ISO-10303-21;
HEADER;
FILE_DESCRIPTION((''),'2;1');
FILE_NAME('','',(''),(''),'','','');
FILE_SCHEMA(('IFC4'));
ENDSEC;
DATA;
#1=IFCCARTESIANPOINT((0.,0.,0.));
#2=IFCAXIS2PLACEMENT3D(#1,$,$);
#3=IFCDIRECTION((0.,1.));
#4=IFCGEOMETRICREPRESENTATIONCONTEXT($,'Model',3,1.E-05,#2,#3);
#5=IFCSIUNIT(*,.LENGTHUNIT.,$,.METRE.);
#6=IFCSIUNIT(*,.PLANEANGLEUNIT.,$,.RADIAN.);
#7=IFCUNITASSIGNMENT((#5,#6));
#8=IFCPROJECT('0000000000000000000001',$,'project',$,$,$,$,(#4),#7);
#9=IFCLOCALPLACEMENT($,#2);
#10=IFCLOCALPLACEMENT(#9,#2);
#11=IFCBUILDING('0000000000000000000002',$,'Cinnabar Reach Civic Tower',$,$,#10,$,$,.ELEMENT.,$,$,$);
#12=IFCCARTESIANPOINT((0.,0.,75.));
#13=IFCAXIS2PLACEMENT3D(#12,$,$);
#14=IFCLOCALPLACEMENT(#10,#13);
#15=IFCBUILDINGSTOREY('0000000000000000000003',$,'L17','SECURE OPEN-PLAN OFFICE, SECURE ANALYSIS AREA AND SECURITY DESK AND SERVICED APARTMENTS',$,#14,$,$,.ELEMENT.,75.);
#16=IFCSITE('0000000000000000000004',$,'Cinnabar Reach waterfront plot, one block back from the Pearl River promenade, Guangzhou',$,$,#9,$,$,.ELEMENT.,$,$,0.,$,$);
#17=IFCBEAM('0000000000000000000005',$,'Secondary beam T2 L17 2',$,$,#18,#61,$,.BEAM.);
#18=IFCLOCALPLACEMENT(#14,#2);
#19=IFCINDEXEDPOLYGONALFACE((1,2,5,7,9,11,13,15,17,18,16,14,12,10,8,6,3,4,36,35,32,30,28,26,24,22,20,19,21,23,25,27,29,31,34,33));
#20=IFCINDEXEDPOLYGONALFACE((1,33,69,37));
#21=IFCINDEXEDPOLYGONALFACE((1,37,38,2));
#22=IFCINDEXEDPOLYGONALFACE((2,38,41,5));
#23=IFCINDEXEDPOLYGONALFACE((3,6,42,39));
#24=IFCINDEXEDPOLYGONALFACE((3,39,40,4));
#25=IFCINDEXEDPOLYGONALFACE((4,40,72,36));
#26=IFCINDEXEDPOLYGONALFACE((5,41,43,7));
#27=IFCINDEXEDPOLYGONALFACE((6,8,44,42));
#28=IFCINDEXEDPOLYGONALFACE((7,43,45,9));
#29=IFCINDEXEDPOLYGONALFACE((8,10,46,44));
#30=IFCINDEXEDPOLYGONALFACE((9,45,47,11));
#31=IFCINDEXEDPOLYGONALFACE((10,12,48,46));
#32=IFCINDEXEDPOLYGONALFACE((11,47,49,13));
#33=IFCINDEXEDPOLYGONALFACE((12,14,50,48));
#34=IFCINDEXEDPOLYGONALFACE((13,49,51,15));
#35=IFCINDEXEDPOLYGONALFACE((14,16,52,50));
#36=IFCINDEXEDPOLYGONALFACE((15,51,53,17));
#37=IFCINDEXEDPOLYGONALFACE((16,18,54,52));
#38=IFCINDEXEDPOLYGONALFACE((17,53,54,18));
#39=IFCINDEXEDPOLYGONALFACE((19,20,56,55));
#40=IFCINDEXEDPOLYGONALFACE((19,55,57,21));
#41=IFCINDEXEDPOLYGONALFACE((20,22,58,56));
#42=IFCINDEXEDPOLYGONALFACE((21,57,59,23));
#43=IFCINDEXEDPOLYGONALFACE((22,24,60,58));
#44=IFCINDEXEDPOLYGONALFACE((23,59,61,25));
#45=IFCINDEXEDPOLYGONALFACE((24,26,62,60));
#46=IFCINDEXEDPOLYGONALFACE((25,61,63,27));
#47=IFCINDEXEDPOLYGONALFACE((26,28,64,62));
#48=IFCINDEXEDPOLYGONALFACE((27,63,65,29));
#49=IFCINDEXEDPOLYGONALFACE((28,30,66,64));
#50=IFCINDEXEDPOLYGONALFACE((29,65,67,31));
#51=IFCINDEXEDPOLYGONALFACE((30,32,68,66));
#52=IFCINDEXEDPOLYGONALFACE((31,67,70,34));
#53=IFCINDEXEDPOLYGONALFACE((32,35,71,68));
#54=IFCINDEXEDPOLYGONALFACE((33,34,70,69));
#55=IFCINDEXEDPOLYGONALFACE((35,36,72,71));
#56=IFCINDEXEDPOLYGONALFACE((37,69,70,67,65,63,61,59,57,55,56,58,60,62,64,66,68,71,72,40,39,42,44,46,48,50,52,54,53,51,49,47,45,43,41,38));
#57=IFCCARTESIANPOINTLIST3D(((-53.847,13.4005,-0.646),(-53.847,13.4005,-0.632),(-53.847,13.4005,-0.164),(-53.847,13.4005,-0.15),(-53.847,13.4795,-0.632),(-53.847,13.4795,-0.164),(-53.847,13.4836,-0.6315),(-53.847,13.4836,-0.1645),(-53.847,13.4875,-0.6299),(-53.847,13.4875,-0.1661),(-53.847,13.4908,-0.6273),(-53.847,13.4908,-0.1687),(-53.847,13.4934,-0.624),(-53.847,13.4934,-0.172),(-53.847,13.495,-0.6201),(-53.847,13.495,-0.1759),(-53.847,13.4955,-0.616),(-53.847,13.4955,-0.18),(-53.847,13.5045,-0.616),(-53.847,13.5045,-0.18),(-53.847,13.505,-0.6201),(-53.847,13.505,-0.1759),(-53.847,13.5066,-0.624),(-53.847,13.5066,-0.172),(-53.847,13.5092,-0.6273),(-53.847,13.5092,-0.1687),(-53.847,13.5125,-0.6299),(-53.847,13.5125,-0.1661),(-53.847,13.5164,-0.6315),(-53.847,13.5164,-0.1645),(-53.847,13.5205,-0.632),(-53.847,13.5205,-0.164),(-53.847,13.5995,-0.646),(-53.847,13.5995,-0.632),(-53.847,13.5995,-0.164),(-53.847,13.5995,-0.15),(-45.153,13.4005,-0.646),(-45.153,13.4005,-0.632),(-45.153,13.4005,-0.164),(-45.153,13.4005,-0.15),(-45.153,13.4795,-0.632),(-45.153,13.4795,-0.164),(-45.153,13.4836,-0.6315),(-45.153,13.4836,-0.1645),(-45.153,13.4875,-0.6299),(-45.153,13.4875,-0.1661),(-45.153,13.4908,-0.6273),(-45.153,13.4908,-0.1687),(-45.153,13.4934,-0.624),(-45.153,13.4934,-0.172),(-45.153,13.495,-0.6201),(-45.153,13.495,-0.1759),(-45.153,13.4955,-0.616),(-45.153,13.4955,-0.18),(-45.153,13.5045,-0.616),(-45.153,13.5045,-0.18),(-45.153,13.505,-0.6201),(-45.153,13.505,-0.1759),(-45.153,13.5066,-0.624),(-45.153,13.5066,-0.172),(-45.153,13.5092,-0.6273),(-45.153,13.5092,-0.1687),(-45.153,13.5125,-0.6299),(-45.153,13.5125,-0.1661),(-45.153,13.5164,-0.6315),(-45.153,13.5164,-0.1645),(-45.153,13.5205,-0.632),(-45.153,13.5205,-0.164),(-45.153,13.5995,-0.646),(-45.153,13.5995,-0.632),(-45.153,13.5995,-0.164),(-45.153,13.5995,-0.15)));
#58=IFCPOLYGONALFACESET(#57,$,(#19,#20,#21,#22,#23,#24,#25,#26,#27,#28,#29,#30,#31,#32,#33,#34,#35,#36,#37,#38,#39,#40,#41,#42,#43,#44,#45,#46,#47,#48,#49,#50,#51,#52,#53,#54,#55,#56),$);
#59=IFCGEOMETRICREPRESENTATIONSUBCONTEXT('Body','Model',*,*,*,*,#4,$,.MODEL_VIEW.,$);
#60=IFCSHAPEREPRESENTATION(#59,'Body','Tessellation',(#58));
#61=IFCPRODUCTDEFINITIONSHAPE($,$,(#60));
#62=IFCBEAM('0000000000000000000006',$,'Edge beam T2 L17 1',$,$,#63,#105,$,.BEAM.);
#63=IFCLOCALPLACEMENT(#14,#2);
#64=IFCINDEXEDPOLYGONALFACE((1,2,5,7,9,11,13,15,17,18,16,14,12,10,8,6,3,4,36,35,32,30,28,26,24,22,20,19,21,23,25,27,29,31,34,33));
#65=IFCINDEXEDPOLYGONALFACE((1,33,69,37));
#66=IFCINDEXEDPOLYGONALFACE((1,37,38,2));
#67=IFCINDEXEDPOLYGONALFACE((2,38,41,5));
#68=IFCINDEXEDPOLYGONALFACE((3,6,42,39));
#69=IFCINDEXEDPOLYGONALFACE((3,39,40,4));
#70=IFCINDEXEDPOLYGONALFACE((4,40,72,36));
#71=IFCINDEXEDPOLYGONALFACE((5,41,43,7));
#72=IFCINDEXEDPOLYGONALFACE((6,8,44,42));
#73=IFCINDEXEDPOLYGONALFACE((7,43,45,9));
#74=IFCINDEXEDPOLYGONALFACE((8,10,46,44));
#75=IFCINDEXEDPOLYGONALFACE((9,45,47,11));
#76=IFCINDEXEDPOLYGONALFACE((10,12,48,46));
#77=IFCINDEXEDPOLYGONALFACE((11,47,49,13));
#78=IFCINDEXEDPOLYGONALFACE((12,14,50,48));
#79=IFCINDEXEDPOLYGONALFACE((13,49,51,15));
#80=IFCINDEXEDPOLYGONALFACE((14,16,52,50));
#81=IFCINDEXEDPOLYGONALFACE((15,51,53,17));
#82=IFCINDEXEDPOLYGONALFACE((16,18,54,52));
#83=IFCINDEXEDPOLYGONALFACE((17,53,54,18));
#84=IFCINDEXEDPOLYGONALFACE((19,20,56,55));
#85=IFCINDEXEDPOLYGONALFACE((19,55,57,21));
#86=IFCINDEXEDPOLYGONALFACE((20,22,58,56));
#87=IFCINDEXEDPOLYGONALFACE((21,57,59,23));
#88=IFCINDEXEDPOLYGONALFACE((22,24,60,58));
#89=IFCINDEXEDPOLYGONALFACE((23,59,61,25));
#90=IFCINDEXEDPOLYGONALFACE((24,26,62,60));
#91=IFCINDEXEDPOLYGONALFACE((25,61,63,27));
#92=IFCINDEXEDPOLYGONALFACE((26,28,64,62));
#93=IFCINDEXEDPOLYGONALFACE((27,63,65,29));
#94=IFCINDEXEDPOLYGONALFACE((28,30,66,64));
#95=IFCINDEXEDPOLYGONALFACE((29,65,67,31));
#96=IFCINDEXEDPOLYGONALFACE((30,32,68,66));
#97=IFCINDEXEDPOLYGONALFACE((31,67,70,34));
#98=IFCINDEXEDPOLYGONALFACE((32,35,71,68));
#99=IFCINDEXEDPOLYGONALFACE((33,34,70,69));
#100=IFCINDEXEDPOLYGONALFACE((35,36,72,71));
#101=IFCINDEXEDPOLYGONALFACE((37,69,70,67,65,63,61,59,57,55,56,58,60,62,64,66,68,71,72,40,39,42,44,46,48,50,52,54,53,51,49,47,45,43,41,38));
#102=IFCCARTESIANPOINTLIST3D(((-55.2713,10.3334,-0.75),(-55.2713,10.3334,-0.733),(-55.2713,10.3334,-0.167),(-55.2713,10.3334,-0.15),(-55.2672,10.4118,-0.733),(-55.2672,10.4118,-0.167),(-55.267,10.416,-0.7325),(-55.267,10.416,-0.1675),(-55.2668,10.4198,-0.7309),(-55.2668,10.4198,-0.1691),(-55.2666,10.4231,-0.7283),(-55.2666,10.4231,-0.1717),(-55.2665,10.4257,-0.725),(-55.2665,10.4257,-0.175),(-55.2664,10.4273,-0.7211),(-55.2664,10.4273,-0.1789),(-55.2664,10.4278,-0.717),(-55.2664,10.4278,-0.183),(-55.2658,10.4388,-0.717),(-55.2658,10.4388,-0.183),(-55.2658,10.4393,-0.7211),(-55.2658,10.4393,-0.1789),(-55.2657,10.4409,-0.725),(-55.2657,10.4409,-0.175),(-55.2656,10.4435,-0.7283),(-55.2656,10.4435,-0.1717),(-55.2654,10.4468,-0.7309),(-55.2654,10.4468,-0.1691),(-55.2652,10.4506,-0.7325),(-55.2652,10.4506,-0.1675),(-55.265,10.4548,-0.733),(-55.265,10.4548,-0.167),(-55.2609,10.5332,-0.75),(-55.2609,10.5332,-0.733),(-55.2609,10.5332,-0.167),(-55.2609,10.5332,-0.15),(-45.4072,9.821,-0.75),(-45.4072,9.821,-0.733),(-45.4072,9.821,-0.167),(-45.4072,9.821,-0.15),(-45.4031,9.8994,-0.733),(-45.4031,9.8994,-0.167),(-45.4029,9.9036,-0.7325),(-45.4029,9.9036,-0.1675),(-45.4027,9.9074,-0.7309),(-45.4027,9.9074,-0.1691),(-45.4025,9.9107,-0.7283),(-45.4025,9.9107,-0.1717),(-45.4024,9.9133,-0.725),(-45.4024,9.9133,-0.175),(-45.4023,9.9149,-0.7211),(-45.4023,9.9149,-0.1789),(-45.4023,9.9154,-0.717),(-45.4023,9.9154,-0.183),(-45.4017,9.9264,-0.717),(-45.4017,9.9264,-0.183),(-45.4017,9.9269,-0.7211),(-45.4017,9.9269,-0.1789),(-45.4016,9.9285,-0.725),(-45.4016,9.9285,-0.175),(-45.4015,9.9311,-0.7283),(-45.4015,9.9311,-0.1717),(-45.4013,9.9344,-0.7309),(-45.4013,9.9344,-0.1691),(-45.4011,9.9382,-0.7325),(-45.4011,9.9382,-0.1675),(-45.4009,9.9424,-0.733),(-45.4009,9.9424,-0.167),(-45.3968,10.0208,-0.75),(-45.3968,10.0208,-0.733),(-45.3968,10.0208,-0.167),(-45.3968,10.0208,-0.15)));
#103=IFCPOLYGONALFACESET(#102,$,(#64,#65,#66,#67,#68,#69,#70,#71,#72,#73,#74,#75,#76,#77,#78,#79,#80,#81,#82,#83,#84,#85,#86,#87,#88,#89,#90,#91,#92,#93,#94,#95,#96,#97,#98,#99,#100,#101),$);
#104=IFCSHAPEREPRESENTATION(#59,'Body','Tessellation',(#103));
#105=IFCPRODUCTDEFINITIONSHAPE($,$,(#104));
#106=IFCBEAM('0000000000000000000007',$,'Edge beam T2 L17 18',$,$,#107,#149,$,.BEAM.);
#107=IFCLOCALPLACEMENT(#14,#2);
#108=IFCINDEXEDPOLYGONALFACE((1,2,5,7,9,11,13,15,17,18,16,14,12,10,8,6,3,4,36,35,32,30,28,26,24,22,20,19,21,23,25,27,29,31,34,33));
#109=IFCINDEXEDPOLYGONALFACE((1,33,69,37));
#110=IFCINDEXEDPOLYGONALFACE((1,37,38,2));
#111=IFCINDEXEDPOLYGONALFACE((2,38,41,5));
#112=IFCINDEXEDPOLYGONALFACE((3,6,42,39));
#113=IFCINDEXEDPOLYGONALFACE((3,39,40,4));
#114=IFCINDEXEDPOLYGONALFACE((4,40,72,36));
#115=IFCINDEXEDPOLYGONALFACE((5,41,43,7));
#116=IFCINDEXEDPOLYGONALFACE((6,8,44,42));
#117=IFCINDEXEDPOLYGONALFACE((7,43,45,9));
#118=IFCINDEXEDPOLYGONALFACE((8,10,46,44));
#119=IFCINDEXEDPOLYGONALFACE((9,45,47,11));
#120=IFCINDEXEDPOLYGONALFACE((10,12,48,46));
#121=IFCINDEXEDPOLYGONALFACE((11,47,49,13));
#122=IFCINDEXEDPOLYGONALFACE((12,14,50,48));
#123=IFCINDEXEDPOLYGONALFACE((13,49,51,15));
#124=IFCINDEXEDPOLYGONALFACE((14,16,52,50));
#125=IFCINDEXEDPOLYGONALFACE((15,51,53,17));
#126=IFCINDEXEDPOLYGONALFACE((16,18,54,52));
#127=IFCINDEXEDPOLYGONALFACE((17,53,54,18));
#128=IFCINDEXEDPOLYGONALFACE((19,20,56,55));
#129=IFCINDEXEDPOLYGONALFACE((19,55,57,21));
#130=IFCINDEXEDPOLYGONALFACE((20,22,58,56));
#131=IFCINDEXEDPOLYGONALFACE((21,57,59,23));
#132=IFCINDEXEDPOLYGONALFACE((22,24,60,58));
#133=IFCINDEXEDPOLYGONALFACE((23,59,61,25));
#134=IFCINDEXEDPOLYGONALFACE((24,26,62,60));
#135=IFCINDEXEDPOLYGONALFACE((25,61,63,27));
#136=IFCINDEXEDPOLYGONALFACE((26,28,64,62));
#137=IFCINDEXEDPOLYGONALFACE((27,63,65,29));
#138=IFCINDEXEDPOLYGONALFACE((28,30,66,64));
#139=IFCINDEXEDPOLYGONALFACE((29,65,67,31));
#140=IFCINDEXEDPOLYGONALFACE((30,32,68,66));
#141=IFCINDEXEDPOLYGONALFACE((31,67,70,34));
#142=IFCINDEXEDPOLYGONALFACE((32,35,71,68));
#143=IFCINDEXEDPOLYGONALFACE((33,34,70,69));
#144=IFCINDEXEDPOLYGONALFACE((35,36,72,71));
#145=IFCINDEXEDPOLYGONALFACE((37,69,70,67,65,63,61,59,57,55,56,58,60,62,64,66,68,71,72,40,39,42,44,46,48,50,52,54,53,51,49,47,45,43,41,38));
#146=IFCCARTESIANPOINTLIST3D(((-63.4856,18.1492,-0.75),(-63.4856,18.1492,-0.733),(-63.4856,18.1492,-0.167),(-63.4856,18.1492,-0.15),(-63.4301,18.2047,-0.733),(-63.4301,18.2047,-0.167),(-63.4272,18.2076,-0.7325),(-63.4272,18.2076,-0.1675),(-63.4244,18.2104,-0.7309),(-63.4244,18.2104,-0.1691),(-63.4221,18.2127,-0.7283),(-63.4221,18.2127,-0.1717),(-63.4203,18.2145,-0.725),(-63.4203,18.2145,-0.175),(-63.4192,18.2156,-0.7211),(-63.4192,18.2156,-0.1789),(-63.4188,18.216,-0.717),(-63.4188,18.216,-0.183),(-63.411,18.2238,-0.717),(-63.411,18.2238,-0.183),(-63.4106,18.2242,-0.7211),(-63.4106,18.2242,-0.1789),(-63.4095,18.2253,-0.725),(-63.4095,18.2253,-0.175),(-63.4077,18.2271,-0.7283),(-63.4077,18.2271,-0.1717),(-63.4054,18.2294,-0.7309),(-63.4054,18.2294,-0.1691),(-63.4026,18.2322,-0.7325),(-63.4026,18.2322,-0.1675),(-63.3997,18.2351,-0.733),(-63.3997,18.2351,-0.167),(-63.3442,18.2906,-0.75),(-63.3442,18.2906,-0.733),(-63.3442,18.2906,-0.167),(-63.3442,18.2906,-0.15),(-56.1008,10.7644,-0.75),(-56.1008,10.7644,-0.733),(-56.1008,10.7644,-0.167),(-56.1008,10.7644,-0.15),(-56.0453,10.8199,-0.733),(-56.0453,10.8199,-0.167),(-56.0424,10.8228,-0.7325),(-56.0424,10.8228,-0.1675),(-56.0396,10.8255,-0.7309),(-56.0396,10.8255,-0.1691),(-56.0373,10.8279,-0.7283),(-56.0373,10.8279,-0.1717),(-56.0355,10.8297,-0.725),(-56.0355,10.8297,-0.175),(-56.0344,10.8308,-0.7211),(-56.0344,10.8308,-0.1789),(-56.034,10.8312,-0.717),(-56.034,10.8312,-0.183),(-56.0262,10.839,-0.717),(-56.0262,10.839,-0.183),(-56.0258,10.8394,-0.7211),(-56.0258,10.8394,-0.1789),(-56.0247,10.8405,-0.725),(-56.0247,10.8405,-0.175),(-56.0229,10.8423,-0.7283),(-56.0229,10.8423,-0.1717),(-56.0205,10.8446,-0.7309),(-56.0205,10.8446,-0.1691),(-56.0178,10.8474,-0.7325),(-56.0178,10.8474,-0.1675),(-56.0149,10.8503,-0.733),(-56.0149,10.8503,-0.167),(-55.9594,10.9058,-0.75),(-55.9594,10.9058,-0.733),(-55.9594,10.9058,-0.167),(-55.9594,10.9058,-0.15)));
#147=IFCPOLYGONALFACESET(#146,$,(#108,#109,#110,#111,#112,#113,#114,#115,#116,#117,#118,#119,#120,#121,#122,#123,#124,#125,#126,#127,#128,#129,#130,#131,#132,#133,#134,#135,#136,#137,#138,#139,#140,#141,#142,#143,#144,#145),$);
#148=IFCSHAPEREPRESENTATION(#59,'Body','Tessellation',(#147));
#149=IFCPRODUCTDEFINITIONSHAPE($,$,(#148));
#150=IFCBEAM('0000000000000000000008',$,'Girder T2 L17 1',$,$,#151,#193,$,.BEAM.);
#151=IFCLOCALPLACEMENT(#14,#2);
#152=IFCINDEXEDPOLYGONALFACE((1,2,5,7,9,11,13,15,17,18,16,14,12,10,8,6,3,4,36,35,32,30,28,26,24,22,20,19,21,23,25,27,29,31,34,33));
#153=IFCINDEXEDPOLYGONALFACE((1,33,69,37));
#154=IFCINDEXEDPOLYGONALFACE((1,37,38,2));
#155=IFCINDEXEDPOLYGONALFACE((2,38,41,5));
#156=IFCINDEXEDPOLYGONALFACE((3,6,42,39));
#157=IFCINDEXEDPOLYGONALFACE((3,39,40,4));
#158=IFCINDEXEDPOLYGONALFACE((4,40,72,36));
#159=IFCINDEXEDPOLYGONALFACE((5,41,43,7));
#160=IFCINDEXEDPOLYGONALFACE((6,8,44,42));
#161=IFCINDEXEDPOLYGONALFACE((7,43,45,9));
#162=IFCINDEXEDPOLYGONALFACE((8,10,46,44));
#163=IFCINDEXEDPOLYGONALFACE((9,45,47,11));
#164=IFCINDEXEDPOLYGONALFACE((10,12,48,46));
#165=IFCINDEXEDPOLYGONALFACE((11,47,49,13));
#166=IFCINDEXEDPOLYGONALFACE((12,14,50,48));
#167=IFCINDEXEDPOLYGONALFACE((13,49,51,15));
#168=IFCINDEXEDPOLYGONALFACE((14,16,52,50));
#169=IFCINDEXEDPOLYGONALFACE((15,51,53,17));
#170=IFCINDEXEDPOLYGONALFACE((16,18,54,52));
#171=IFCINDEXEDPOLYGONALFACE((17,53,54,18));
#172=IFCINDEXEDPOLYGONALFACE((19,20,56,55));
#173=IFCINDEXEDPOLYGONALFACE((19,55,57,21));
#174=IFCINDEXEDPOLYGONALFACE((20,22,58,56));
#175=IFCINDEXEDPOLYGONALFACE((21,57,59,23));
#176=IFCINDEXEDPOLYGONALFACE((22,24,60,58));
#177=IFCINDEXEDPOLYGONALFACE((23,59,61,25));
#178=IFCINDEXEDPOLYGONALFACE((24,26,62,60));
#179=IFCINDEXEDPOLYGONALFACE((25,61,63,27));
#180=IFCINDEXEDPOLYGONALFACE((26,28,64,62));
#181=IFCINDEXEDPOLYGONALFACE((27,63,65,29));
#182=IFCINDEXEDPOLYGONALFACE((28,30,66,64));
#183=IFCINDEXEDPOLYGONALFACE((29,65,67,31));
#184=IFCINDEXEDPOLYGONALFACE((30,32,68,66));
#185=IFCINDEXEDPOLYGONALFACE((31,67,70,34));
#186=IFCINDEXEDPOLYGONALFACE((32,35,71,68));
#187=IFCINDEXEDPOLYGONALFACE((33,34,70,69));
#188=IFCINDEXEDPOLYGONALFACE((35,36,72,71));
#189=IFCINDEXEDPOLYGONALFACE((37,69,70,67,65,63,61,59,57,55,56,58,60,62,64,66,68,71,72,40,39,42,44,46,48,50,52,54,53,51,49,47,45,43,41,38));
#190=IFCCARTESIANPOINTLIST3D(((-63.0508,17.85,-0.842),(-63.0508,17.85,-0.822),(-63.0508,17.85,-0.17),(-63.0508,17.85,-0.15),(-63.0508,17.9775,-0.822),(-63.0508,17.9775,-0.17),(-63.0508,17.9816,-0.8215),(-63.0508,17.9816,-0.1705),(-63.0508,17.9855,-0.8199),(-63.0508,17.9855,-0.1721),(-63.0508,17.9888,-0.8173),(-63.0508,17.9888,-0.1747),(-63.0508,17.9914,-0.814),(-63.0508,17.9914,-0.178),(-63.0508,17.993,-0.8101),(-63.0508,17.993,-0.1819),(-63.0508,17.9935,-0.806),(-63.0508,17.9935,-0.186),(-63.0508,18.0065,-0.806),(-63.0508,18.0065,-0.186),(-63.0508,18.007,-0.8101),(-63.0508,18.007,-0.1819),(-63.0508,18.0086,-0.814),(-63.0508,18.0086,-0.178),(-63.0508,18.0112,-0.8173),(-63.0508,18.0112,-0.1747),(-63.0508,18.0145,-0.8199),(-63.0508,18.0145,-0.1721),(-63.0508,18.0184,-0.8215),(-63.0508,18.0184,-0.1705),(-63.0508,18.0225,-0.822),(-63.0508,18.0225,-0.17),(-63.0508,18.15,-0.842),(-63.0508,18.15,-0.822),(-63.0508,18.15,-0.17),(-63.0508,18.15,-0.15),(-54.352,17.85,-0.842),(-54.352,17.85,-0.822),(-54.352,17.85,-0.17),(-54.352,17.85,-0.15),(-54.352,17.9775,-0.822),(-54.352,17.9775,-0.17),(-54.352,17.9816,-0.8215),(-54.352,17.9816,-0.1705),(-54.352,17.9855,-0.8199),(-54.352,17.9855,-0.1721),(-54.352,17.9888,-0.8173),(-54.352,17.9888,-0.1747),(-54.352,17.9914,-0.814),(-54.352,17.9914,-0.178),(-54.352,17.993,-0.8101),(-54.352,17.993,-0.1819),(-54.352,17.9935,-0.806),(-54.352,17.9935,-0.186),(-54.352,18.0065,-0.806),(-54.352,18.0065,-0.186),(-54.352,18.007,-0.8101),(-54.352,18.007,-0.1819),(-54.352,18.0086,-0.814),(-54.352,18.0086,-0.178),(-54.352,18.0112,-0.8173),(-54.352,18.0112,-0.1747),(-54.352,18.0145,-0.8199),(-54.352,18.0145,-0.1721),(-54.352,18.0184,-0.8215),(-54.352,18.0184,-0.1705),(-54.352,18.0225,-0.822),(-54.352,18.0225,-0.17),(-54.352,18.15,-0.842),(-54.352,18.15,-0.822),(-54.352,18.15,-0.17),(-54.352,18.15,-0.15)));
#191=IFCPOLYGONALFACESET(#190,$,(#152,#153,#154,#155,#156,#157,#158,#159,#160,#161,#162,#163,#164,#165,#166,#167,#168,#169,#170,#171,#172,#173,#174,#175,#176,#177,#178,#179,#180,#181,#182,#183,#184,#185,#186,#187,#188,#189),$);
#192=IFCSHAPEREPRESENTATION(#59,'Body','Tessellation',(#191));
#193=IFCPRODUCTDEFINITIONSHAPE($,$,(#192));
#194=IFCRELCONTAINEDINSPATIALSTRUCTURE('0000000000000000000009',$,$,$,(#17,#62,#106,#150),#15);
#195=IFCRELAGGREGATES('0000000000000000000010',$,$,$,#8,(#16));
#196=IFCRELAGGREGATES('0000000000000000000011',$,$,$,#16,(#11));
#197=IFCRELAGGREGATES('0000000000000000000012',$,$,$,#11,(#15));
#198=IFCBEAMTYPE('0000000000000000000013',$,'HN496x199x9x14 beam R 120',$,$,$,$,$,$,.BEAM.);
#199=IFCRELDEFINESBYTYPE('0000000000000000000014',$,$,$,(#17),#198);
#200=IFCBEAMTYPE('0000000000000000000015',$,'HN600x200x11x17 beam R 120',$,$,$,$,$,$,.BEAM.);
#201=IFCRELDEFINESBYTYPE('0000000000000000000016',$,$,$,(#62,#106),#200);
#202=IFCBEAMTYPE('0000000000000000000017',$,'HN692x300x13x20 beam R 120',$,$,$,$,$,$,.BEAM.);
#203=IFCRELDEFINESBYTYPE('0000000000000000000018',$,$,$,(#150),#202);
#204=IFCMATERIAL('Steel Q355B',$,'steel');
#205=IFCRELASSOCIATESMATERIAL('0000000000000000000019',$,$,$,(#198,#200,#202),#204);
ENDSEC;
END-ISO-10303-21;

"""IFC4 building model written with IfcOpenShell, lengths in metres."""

from ifc_helpers import new_model, si_unit, direction, frame, origin, origin_2d, place, context, subcontext, project, spatial, i_section, extrude, material, material_profile, profile_set, type_object, element, save


model = new_model("IFC4")

# Units and contexts
model_context = context("Model", 3, precision=1e-05, world=origin(), true_north=direction((0.0, 1.0)))
body_context = subcontext(model_context, "Body", "Model", "MODEL_VIEW")
ifc_project = project(units=[si_unit("LENGTHUNIT", "METRE"), si_unit("PLANEANGLEUNIT", "RADIAN")], contexts=[model_context])

# Site, building, storey
site_placement = place(None, origin())
site = spatial("IfcSite", under=ifc_project, at=site_placement, Name="Cinnabar Reach waterfront plot, one block back from the Pearl River promenade, Guangzhou", CompositionType="ELEMENT", RefElevation=0.0)
building_placement = place(site_placement, origin())
building = spatial("IfcBuilding", under=site, at=building_placement, Name="Cinnabar Reach Civic Tower", CompositionType="ELEMENT")
storey_placement = place(building_placement, frame((0.0, 0.0, 75.0)))
storey = spatial("IfcBuildingStorey", under=building, at=storey_placement, Name="L17", Description="SECURE OPEN-PLAN OFFICE, SECURE ANALYSIS AREA AND SECURITY DESK AND SERVICED APARTMENTS", CompositionType="ELEMENT", Elevation=75.0)

# Beams
ifc_material_1 = material(Name="Steel Q355B", Category="steel")
ifc_material_profile_1 = material_profile(ifc_material_1, i_section(OverallWidth=0.199, OverallDepth=0.496, WebThickness=0.009, FlangeThickness=0.014, FilletRadius=0.016, at=origin_2d()), Name="HN496x199x9x14")
ifc_profile_set_1 = profile_set([ifc_material_profile_1], Name="Steel Q355B")
beam_type_1 = type_object("IfcBeamType", Name="HN496x199x9x14 beam R 120", PredefinedType="BEAM", material=ifc_profile_set_1)
beam_1_placement = place(storey_placement, frame((-53.847, 13.5, -0.398), z_axis=(1.0, 0.0, 0.0), x_axis=(0.0, 1.0, 0.0)))
element("IfcBeam", 1, at=beam_1_placement, inside=storey, type_object=beam_type_1, Name="Secondary beam T2 L17 2", PredefinedType="BEAM", context=body_context, shape_type="SweptSolid", body=[
    extrude(i_section(OverallWidth=0.199, OverallDepth=0.496, WebThickness=0.009, FlangeThickness=0.014, FilletRadius=0.016, at=origin_2d()), origin(), (0.0, 0.0, 1.0), 8.694),
])
ifc_material_profile_2 = material_profile(ifc_material_1, i_section(OverallWidth=0.2, OverallDepth=0.6, WebThickness=0.011, FlangeThickness=0.017, FilletRadius=0.016, at=origin_2d()), Name="HN600x200x11x17")
ifc_profile_set_2 = profile_set([ifc_material_profile_2], Name="Steel Q355B")
beam_type_2 = type_object("IfcBeamType", Name="HN600x200x11x17 beam R 120", PredefinedType="BEAM", material=ifc_profile_set_2)
beam_2_placement = place(storey_placement, frame((-55.2661, 10.4333, -0.45), z_axis=(0.998654, -0.051876, 0.0), x_axis=(0.051876, 0.998654, 0.0)))
element("IfcBeam", 2, at=beam_2_placement, inside=storey, type_object=beam_type_2, Name="Edge beam T2 L17 1", PredefinedType="BEAM", context=body_context, shape_type="SweptSolid", body=[
    extrude(i_section(OverallWidth=0.2, OverallDepth=0.6, WebThickness=0.011, FlangeThickness=0.017, FilletRadius=0.016, at=origin_2d()), origin(), (0.0, 0.0, 1.0), 9.8774),
])
beam_3_placement = place(storey_placement, frame((-63.4149, 18.2199, -0.45), z_axis=(0.707107, -0.707107, 0.0), x_axis=(0.707107, 0.707107, 0.0)))
element("IfcBeam", 3, at=beam_3_placement, inside=storey, type_object=beam_type_2, Name="Edge beam T2 L17 18", PredefinedType="BEAM", context=body_context, shape_type="SweptSolid", body=[
    extrude(i_section(OverallWidth=0.2, OverallDepth=0.6, WebThickness=0.011, FlangeThickness=0.017, FilletRadius=0.016, at=origin_2d()), origin(), (0.0, 0.0, 1.0), 10.4437),
])
ifc_material_profile_3 = material_profile(ifc_material_1, i_section(OverallWidth=0.3, OverallDepth=0.692, WebThickness=0.013, FlangeThickness=0.02, FilletRadius=0.016, at=origin_2d()), Name="HN692x300x13x20")
ifc_profile_set_3 = profile_set([ifc_material_profile_3], Name="Steel Q355B")
beam_type_3 = type_object("IfcBeamType", Name="HN692x300x13x20 beam R 120", PredefinedType="BEAM", material=ifc_profile_set_3)
beam_4_placement = place(storey_placement, frame((-63.0508, 18.0, -0.496), z_axis=(1.0, 0.0, 0.0), x_axis=(0.0, 1.0, 0.0)))
element("IfcBeam", 4, at=beam_4_placement, inside=storey, type_object=beam_type_3, Name="Girder T2 L17 1", PredefinedType="BEAM", context=body_context, shape_type="SweptSolid", body=[
    extrude(i_section(OverallWidth=0.3, OverallDepth=0.692, WebThickness=0.013, FlangeThickness=0.02, FilletRadius=0.016, at=origin_2d()), origin(), (0.0, 0.0, 1.0), 8.6988),
])

save(model, "model.ifc")
